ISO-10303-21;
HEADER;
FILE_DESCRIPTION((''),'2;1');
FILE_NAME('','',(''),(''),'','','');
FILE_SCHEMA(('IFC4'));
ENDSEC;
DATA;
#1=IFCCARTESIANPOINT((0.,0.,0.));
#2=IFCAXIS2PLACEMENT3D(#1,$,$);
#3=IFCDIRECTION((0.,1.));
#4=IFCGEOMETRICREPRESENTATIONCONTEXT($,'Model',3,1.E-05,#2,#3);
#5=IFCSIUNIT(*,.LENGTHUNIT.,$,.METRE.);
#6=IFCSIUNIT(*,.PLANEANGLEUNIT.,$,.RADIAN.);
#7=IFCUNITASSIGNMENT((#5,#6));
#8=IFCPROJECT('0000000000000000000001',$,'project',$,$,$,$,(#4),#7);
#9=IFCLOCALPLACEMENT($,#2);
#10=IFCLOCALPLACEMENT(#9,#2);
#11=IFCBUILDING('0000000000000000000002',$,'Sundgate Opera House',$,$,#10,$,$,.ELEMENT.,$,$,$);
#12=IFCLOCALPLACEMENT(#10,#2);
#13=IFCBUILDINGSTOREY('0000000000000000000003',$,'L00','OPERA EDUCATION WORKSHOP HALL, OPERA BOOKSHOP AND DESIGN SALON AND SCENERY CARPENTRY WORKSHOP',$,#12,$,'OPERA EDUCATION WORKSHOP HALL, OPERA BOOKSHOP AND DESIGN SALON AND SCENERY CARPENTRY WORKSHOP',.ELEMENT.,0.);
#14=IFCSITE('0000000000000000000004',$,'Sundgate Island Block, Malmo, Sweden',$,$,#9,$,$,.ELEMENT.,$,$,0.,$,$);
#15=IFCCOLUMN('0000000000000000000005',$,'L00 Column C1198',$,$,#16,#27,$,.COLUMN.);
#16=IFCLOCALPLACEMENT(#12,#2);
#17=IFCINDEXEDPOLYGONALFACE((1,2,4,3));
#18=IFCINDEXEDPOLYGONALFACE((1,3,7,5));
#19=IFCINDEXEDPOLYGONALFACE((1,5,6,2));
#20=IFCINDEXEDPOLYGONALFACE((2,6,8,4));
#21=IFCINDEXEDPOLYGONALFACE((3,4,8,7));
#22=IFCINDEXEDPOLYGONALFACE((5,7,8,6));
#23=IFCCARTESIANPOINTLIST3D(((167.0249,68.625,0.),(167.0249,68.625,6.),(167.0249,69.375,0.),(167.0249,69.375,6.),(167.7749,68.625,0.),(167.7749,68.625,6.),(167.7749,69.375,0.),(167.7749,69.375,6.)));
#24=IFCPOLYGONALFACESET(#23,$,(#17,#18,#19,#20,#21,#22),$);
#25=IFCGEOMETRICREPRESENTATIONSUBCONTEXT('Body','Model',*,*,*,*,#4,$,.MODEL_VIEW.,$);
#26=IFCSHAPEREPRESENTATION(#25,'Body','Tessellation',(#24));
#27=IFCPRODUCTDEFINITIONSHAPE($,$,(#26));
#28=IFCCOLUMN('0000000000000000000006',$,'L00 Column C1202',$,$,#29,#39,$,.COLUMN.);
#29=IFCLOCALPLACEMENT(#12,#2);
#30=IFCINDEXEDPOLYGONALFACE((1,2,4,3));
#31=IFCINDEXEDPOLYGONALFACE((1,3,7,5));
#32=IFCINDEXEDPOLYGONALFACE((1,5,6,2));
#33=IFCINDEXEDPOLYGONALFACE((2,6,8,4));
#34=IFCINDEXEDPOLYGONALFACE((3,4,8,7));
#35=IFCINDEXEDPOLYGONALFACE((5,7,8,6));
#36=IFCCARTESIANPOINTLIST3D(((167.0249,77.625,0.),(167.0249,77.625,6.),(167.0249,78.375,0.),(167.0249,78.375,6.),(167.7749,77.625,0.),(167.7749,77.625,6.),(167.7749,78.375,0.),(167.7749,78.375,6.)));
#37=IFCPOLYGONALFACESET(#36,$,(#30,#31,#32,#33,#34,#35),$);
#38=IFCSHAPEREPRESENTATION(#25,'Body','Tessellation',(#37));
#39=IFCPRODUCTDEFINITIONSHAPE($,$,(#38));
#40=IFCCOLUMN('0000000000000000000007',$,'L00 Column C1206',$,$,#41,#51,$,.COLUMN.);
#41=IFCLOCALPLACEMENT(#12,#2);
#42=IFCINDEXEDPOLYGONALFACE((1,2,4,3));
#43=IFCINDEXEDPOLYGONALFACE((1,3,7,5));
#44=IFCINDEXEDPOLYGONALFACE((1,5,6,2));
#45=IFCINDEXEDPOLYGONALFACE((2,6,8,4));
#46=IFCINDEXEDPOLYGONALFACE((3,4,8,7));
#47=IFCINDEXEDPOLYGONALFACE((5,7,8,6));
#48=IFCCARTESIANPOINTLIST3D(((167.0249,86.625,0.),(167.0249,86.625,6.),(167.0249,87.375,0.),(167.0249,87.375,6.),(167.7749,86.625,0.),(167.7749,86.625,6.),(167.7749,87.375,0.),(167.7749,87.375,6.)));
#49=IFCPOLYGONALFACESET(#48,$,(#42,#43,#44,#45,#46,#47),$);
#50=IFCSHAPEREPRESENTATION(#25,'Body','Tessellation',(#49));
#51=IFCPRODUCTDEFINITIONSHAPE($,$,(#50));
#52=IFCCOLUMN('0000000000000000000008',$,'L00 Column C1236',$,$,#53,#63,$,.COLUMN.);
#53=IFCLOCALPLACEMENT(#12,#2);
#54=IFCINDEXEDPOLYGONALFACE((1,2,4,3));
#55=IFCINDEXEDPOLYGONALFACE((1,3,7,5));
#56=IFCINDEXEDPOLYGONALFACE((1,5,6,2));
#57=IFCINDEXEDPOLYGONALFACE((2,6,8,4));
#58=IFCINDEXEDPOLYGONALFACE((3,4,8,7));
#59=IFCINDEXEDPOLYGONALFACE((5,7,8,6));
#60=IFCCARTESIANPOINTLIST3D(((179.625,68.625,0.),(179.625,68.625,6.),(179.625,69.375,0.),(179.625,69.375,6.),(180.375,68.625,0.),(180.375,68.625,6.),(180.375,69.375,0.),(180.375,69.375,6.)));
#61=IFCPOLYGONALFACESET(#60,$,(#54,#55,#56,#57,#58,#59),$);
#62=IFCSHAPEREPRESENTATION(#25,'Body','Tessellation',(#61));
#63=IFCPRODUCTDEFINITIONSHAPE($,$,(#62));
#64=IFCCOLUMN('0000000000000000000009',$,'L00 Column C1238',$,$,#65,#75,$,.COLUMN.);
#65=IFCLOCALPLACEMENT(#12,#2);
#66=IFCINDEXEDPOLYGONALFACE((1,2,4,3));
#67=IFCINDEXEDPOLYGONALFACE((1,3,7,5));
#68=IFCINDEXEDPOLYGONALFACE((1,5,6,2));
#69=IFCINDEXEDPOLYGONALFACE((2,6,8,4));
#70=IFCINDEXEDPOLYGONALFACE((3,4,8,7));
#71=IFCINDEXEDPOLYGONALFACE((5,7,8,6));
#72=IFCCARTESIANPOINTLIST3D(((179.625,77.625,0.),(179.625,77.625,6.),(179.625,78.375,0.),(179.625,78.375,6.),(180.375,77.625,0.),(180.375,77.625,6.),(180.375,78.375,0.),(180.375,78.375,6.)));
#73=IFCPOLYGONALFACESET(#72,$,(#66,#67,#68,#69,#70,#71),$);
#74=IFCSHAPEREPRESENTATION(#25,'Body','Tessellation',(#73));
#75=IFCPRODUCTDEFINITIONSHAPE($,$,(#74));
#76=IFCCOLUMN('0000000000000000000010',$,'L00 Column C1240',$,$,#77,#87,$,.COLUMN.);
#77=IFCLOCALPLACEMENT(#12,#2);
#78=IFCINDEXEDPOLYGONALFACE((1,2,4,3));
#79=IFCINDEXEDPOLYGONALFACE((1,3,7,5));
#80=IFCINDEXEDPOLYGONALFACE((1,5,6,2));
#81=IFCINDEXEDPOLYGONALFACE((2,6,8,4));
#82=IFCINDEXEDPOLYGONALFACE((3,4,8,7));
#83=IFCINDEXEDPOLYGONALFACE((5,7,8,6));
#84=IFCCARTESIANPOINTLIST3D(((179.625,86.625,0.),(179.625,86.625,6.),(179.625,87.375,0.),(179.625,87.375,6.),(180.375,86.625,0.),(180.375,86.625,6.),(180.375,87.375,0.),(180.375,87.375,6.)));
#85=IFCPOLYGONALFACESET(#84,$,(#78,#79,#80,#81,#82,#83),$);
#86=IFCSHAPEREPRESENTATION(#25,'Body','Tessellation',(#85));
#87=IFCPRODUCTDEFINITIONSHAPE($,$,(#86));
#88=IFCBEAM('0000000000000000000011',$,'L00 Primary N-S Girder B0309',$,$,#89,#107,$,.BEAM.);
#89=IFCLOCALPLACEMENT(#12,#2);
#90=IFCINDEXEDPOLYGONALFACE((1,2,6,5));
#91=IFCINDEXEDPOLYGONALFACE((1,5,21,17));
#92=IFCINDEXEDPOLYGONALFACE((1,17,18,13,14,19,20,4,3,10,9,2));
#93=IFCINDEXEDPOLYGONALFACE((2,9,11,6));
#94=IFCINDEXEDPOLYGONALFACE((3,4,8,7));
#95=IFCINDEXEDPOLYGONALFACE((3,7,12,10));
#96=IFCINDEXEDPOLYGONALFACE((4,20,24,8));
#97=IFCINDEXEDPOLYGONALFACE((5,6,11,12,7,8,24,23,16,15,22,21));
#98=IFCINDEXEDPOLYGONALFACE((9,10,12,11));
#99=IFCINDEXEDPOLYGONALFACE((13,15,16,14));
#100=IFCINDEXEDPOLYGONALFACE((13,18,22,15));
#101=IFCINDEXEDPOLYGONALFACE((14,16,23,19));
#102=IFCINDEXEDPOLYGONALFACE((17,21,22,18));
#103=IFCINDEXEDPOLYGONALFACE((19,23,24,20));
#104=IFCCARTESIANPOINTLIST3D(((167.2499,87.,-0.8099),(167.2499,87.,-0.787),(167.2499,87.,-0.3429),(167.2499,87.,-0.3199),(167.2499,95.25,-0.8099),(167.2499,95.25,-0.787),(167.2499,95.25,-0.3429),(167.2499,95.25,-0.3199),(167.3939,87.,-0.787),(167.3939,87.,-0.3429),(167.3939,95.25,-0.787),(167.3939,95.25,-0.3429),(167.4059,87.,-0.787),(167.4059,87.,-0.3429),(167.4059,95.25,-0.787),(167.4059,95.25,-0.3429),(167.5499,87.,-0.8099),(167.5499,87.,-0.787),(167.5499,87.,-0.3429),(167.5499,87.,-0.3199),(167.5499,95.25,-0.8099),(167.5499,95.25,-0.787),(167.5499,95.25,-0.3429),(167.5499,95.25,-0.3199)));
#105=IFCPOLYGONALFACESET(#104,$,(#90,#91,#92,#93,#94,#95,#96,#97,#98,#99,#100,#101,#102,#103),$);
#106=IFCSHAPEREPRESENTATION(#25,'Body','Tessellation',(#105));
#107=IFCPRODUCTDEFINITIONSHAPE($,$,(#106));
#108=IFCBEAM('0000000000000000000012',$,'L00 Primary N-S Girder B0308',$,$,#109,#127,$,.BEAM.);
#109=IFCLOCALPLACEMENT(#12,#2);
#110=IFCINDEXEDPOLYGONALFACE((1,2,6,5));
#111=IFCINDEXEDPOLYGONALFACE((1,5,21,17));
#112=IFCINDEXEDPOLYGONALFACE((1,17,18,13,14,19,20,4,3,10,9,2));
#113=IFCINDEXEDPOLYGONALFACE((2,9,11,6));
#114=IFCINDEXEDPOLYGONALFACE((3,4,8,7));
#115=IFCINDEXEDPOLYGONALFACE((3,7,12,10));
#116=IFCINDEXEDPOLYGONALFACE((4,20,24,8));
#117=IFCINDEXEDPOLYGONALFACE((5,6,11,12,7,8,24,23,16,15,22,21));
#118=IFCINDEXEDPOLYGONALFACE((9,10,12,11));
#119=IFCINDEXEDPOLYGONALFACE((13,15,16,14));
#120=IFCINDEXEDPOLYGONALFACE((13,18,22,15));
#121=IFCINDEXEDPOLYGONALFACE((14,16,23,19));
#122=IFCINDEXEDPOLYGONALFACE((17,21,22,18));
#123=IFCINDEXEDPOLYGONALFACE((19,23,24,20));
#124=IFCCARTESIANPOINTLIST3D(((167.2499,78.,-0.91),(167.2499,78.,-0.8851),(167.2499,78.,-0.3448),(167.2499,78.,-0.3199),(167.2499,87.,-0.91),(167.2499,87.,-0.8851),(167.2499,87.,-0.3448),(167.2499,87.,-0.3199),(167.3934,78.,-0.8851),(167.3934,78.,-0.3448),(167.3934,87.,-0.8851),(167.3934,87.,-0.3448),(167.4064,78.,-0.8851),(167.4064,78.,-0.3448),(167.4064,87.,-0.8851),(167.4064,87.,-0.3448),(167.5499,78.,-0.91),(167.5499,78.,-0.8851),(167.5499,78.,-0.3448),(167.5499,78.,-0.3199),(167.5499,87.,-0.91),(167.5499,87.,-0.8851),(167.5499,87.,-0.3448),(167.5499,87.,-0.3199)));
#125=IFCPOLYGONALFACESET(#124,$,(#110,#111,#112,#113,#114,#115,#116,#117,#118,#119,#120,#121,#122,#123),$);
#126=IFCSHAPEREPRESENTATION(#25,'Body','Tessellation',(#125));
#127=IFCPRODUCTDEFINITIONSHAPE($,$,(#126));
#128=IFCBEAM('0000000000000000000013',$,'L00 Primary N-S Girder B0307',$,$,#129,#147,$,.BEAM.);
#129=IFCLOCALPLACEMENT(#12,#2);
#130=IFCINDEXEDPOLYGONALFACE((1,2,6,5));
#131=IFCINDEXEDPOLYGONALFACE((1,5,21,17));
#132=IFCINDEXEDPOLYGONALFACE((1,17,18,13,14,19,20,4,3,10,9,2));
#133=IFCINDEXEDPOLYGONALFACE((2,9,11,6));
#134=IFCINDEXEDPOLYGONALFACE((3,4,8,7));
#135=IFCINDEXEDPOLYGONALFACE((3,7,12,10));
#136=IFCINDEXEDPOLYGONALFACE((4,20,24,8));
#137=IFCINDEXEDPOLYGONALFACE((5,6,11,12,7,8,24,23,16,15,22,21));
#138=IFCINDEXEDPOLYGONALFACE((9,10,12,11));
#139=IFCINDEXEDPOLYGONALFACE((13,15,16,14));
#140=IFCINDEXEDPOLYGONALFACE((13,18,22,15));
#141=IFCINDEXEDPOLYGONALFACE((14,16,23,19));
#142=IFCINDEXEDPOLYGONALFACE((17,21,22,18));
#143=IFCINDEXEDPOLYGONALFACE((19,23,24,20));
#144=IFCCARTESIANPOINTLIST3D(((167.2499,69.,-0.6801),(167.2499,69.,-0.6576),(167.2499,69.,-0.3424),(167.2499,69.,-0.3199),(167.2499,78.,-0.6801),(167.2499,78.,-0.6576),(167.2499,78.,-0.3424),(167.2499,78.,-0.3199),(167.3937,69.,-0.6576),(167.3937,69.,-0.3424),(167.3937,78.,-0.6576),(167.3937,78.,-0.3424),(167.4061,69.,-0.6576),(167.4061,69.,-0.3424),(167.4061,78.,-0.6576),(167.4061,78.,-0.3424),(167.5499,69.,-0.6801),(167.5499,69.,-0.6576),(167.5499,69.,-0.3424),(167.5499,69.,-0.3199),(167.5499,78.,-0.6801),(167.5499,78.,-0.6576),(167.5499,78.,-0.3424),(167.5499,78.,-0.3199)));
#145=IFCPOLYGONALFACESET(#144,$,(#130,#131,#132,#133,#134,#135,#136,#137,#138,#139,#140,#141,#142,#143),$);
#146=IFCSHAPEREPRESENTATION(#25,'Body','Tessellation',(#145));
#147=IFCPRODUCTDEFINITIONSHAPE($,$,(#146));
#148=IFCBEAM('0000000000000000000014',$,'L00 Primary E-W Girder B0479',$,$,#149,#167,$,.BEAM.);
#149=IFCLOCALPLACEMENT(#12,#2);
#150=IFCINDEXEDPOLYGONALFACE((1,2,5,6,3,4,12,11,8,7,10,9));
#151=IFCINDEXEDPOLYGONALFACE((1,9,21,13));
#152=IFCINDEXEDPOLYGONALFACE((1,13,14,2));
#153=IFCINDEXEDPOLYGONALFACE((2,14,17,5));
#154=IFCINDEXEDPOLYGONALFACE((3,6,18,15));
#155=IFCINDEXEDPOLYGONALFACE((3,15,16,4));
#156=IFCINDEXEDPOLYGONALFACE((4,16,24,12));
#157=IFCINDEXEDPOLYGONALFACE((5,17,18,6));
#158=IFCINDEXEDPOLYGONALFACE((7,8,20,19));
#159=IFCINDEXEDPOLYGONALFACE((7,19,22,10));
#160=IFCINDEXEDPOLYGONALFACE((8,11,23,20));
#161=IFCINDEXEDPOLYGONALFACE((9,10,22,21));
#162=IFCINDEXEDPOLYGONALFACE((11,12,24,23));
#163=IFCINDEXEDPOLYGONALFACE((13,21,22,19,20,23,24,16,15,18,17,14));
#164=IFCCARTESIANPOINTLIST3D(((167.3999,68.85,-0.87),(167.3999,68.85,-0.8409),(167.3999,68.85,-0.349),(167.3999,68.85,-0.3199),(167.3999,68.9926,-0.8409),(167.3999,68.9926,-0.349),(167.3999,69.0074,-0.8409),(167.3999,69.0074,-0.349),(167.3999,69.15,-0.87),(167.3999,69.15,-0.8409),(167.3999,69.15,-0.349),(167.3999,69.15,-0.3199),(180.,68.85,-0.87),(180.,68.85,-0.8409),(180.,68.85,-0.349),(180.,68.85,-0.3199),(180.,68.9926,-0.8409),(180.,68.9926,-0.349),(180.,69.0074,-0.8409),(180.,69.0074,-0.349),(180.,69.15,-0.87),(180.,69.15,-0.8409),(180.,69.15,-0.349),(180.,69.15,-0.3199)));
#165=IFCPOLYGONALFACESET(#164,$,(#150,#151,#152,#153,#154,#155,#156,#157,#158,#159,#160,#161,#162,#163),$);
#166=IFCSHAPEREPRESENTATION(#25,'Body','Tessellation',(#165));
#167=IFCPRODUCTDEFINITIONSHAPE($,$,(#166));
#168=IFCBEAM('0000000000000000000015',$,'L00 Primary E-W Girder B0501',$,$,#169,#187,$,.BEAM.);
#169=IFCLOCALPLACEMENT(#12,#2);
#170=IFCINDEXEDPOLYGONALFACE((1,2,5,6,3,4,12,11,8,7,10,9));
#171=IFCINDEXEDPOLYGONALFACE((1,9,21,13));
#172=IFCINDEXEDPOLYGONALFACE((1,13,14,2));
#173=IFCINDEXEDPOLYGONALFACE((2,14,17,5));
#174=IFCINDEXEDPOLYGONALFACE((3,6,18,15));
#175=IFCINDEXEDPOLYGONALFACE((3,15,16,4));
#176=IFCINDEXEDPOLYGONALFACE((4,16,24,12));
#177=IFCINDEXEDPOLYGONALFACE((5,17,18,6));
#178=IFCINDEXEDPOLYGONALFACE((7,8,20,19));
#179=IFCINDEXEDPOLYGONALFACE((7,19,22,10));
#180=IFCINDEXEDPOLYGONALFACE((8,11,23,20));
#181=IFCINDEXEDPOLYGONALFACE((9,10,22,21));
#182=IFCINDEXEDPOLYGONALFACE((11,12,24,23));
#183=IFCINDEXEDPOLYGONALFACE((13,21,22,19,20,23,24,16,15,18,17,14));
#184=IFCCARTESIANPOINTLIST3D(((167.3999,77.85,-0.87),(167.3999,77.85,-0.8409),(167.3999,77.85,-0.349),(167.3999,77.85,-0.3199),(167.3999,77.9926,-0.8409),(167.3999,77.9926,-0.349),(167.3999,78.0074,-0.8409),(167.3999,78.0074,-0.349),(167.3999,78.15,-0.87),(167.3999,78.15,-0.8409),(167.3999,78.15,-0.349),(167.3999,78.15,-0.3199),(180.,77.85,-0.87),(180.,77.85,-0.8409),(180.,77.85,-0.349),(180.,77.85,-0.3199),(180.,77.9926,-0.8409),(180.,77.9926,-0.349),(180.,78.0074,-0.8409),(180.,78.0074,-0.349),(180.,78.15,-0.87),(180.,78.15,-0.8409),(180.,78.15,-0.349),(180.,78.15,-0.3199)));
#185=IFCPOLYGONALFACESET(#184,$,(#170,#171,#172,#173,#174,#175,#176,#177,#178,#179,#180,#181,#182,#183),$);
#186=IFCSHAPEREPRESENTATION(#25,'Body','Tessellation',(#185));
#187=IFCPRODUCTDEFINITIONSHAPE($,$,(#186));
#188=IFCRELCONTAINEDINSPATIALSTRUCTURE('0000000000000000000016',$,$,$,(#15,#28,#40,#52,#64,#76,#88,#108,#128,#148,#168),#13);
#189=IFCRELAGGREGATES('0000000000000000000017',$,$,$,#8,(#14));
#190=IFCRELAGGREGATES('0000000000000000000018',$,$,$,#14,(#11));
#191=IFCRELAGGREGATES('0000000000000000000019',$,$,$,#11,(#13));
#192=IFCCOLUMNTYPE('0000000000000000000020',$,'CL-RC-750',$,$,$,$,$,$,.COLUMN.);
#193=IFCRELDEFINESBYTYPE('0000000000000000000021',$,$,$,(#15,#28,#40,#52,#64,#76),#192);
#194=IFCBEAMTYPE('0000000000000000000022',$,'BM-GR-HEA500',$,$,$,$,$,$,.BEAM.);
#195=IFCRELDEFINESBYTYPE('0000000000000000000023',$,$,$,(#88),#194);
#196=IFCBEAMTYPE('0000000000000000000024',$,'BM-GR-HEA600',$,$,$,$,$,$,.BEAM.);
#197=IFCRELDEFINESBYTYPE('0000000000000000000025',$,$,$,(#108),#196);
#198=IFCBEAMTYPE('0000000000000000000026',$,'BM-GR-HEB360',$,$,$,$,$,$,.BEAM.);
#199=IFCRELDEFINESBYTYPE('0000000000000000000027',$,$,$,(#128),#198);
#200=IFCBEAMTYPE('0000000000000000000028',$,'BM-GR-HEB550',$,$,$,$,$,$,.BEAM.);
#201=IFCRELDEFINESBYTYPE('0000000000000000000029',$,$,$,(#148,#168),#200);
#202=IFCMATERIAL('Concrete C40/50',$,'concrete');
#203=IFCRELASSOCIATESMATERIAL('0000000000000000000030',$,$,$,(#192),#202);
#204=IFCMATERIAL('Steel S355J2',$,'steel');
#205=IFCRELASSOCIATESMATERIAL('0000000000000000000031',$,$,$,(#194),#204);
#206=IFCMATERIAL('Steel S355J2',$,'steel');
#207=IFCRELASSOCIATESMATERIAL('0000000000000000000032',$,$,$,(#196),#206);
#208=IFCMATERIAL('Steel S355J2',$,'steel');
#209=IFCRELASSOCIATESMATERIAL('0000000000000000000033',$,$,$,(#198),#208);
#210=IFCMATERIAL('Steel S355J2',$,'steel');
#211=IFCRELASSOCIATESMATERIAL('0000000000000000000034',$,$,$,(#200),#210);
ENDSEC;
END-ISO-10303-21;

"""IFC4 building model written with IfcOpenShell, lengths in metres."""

from ifc_helpers import new_model, si_unit, direction, frame, origin, origin_2d, place, context, subcontext, project, spatial, rectangle, i_section, extrude, material, material_profile, profile_set, type_object, element, save


model = new_model("IFC4")

# Units and contexts
model_context = context("Model", 3, precision=1e-05, world=origin(), true_north=direction((0.0, 1.0)))
body_context = subcontext(model_context, "Body", "Model", "MODEL_VIEW")
ifc_project = project(units=[si_unit("LENGTHUNIT", "METRE"), si_unit("PLANEANGLEUNIT", "RADIAN")], contexts=[model_context])

# Site, building, storey
site_placement = place(None, origin())
site = spatial("IfcSite", under=ifc_project, at=site_placement, Name="Sundgate Island Block, Malmo, Sweden", CompositionType="ELEMENT", RefElevation=0.0)
building_placement = place(site_placement, origin())
building = spatial("IfcBuilding", under=site, at=building_placement, Name="Sundgate Opera House", CompositionType="ELEMENT")
storey_placement = place(building_placement, origin())
storey = spatial("IfcBuildingStorey", under=building, at=storey_placement, Name="L00", Description="OPERA EDUCATION WORKSHOP HALL, OPERA BOOKSHOP AND DESIGN SALON AND SCENERY CARPENTRY WORKSHOP", LongName="OPERA EDUCATION WORKSHOP HALL, OPERA BOOKSHOP AND DESIGN SALON AND SCENERY CARPENTRY WORKSHOP", CompositionType="ELEMENT", Elevation=0.0)

# Columns
ifc_material_1 = material(Name="Concrete C40/50", Category="concrete")
ifc_material_profile_1 = material_profile(ifc_material_1, rectangle(XDim=0.75, YDim=0.75, at=origin_2d()), Name="RC 750x750")
ifc_profile_set_1 = profile_set([ifc_material_profile_1], Name="Concrete C40/50")
column_type = type_object("IfcColumnType", Name="CL-RC-750", PredefinedType="COLUMN", material=ifc_profile_set_1)
for number, where, z_axis, x_axis, name in (
    (1, (167.3999, 69.0, 0.0), (0.0, 0.0, 1.0), (1.0, 0.0, 0.0), "L00 Column C1198"),
    (2, (167.3999, 78.0, 0.0), (0.0, 0.0, 1.0), (1.0, 0.0, 0.0), "L00 Column C1202"),
    (3, (167.3999, 87.0, 0.0), (0.0, 0.0, 1.0), (1.0, 0.0, 0.0), "L00 Column C1206"),
    (4, (180.0, 69.0, 0.0), (0.0, 0.0, 1.0), (1.0, 0.0, 0.0), "L00 Column C1236"),
    (5, (180.0, 78.0, 0.0), (0.0, 0.0, 1.0), (1.0, 0.0, 0.0), "L00 Column C1238"),
    (6, (180.0, 87.0, 0.0), (0.0, 0.0, 1.0), (1.0, 0.0, 0.0), "L00 Column C1240"),
):
    element("IfcColumn", number, at=place(storey_placement, frame(where, z_axis=z_axis, x_axis=x_axis)), inside=storey, type_object=column_type, Name=name, PredefinedType="COLUMN", context=body_context, shape_type="SweptSolid", body=[
        extrude(rectangle(XDim=0.75, YDim=0.75, at=origin_2d()), origin(), (0.0, 0.0, 1.0), 6.0),
    ])

# Beams
ifc_material_2 = material(Name="Steel S355J2", Category="steel")
ifc_material_profile_2 = material_profile(ifc_material_2, i_section(OverallWidth=0.3, OverallDepth=0.49, WebThickness=0.012, FlangeThickness=0.0229, at=origin_2d()), Name="HEA 500")
ifc_profile_set_2 = profile_set([ifc_material_profile_2], Name="Steel S355J2")
beam_type_1 = type_object("IfcBeamType", Name="BM-GR-HEA500", PredefinedType="BEAM", material=ifc_profile_set_2)
beam_1_placement = place(storey_placement, frame((167.3999, 87.0, -0.5649), z_axis=(0.0, 1.0, 0.0), x_axis=(-1.0, 0.0, 0.0)))
element("IfcBeam", 7, at=beam_1_placement, inside=storey, type_object=beam_type_1, Name="L00 Primary N-S Girder B0309", PredefinedType="BEAM", context=body_context, shape_type="SweptSolid", body=[
    extrude(i_section(OverallWidth=0.3, OverallDepth=0.49, WebThickness=0.012, FlangeThickness=0.0229, at=origin_2d()), origin(), (0.0, 0.0, 1.0), 8.25),
])
ifc_material_3 = material(Name="Steel S355J2", Category="steel")
ifc_material_profile_3 = material_profile(ifc_material_3, i_section(OverallWidth=0.3, OverallDepth=0.5901, WebThickness=0.0129, FlangeThickness=0.0249, at=origin_2d()), Name="HEA 600")
ifc_profile_set_3 = profile_set([ifc_material_profile_3], Name="Steel S355J2")
beam_type_2 = type_object("IfcBeamType", Name="BM-GR-HEA600", PredefinedType="BEAM", material=ifc_profile_set_3)
beam_2_placement = place(storey_placement, frame((167.3999, 78.0, -0.615), z_axis=(0.0, 1.0, 0.0), x_axis=(-1.0, 0.0, 0.0)))
element("IfcBeam", 8, at=beam_2_placement, inside=storey, type_object=beam_type_2, Name="L00 Primary N-S Girder B0308", PredefinedType="BEAM", context=body_context, shape_type="SweptSolid", body=[
    extrude(i_section(OverallWidth=0.3, OverallDepth=0.5901, WebThickness=0.0129, FlangeThickness=0.0249, at=origin_2d()), origin(), (0.0, 0.0, 1.0), 9.0),
])
ifc_material_4 = material(Name="Steel S355J2", Category="steel")
ifc_material_profile_4 = material_profile(ifc_material_4, i_section(OverallWidth=0.3, OverallDepth=0.3601, WebThickness=0.0125, FlangeThickness=0.0225, at=origin_2d()), Name="HEB 360")
ifc_profile_set_4 = profile_set([ifc_material_profile_4], Name="Steel S355J2")
beam_type_3 = type_object("IfcBeamType", Name="BM-GR-HEB360", PredefinedType="BEAM", material=ifc_profile_set_4)
beam_3_placement = place(storey_placement, frame((167.3999, 69.0, -0.5), z_axis=(0.0, 1.0, 0.0), x_axis=(-1.0, 0.0, 0.0)))
element("IfcBeam", 9, at=beam_3_placement, inside=storey, type_object=beam_type_3, Name="L00 Primary N-S Girder B0307", PredefinedType="BEAM", context=body_context, shape_type="SweptSolid", body=[
    extrude(i_section(OverallWidth=0.3, OverallDepth=0.3601, WebThickness=0.0125, FlangeThickness=0.0225, at=origin_2d()), origin(), (0.0, 0.0, 1.0), 9.0),
])
ifc_material_5 = material(Name="Steel S355J2", Category="steel")
ifc_material_profile_5 = material_profile(ifc_material_5, i_section(OverallWidth=0.3, OverallDepth=0.55, WebThickness=0.0149, FlangeThickness=0.0291, at=origin_2d()), Name="HEB 550")
ifc_profile_set_5 = profile_set([ifc_material_profile_5], Name="Steel S355J2")
beam_type_4 = type_object("IfcBeamType", Name="BM-GR-HEB550", PredefinedType="BEAM", material=ifc_profile_set_5)
for number, where, z_axis, x_axis, name in (
    (10, (167.3999, 69.0, -0.595), (1.0, 0.0, 0.0), (0.0, 1.0, 0.0), "L00 Primary E-W Girder B0479"),
    (11, (167.3999, 78.0, -0.595), (1.0, 0.0, 0.0), (0.0, 1.0, 0.0), "L00 Primary E-W Girder B0501"),
):
    element("IfcBeam", number, at=place(storey_placement, frame(where, z_axis=z_axis, x_axis=x_axis)), inside=storey, type_object=beam_type_4, Name=name, PredefinedType="BEAM", context=body_context, shape_type="SweptSolid", body=[
        extrude(i_section(OverallWidth=0.3, OverallDepth=0.55, WebThickness=0.0149, FlangeThickness=0.0291, at=origin_2d()), origin(), (0.0, 0.0, 1.0), 12.6001),
    ])

save(model, "model.ifc")
